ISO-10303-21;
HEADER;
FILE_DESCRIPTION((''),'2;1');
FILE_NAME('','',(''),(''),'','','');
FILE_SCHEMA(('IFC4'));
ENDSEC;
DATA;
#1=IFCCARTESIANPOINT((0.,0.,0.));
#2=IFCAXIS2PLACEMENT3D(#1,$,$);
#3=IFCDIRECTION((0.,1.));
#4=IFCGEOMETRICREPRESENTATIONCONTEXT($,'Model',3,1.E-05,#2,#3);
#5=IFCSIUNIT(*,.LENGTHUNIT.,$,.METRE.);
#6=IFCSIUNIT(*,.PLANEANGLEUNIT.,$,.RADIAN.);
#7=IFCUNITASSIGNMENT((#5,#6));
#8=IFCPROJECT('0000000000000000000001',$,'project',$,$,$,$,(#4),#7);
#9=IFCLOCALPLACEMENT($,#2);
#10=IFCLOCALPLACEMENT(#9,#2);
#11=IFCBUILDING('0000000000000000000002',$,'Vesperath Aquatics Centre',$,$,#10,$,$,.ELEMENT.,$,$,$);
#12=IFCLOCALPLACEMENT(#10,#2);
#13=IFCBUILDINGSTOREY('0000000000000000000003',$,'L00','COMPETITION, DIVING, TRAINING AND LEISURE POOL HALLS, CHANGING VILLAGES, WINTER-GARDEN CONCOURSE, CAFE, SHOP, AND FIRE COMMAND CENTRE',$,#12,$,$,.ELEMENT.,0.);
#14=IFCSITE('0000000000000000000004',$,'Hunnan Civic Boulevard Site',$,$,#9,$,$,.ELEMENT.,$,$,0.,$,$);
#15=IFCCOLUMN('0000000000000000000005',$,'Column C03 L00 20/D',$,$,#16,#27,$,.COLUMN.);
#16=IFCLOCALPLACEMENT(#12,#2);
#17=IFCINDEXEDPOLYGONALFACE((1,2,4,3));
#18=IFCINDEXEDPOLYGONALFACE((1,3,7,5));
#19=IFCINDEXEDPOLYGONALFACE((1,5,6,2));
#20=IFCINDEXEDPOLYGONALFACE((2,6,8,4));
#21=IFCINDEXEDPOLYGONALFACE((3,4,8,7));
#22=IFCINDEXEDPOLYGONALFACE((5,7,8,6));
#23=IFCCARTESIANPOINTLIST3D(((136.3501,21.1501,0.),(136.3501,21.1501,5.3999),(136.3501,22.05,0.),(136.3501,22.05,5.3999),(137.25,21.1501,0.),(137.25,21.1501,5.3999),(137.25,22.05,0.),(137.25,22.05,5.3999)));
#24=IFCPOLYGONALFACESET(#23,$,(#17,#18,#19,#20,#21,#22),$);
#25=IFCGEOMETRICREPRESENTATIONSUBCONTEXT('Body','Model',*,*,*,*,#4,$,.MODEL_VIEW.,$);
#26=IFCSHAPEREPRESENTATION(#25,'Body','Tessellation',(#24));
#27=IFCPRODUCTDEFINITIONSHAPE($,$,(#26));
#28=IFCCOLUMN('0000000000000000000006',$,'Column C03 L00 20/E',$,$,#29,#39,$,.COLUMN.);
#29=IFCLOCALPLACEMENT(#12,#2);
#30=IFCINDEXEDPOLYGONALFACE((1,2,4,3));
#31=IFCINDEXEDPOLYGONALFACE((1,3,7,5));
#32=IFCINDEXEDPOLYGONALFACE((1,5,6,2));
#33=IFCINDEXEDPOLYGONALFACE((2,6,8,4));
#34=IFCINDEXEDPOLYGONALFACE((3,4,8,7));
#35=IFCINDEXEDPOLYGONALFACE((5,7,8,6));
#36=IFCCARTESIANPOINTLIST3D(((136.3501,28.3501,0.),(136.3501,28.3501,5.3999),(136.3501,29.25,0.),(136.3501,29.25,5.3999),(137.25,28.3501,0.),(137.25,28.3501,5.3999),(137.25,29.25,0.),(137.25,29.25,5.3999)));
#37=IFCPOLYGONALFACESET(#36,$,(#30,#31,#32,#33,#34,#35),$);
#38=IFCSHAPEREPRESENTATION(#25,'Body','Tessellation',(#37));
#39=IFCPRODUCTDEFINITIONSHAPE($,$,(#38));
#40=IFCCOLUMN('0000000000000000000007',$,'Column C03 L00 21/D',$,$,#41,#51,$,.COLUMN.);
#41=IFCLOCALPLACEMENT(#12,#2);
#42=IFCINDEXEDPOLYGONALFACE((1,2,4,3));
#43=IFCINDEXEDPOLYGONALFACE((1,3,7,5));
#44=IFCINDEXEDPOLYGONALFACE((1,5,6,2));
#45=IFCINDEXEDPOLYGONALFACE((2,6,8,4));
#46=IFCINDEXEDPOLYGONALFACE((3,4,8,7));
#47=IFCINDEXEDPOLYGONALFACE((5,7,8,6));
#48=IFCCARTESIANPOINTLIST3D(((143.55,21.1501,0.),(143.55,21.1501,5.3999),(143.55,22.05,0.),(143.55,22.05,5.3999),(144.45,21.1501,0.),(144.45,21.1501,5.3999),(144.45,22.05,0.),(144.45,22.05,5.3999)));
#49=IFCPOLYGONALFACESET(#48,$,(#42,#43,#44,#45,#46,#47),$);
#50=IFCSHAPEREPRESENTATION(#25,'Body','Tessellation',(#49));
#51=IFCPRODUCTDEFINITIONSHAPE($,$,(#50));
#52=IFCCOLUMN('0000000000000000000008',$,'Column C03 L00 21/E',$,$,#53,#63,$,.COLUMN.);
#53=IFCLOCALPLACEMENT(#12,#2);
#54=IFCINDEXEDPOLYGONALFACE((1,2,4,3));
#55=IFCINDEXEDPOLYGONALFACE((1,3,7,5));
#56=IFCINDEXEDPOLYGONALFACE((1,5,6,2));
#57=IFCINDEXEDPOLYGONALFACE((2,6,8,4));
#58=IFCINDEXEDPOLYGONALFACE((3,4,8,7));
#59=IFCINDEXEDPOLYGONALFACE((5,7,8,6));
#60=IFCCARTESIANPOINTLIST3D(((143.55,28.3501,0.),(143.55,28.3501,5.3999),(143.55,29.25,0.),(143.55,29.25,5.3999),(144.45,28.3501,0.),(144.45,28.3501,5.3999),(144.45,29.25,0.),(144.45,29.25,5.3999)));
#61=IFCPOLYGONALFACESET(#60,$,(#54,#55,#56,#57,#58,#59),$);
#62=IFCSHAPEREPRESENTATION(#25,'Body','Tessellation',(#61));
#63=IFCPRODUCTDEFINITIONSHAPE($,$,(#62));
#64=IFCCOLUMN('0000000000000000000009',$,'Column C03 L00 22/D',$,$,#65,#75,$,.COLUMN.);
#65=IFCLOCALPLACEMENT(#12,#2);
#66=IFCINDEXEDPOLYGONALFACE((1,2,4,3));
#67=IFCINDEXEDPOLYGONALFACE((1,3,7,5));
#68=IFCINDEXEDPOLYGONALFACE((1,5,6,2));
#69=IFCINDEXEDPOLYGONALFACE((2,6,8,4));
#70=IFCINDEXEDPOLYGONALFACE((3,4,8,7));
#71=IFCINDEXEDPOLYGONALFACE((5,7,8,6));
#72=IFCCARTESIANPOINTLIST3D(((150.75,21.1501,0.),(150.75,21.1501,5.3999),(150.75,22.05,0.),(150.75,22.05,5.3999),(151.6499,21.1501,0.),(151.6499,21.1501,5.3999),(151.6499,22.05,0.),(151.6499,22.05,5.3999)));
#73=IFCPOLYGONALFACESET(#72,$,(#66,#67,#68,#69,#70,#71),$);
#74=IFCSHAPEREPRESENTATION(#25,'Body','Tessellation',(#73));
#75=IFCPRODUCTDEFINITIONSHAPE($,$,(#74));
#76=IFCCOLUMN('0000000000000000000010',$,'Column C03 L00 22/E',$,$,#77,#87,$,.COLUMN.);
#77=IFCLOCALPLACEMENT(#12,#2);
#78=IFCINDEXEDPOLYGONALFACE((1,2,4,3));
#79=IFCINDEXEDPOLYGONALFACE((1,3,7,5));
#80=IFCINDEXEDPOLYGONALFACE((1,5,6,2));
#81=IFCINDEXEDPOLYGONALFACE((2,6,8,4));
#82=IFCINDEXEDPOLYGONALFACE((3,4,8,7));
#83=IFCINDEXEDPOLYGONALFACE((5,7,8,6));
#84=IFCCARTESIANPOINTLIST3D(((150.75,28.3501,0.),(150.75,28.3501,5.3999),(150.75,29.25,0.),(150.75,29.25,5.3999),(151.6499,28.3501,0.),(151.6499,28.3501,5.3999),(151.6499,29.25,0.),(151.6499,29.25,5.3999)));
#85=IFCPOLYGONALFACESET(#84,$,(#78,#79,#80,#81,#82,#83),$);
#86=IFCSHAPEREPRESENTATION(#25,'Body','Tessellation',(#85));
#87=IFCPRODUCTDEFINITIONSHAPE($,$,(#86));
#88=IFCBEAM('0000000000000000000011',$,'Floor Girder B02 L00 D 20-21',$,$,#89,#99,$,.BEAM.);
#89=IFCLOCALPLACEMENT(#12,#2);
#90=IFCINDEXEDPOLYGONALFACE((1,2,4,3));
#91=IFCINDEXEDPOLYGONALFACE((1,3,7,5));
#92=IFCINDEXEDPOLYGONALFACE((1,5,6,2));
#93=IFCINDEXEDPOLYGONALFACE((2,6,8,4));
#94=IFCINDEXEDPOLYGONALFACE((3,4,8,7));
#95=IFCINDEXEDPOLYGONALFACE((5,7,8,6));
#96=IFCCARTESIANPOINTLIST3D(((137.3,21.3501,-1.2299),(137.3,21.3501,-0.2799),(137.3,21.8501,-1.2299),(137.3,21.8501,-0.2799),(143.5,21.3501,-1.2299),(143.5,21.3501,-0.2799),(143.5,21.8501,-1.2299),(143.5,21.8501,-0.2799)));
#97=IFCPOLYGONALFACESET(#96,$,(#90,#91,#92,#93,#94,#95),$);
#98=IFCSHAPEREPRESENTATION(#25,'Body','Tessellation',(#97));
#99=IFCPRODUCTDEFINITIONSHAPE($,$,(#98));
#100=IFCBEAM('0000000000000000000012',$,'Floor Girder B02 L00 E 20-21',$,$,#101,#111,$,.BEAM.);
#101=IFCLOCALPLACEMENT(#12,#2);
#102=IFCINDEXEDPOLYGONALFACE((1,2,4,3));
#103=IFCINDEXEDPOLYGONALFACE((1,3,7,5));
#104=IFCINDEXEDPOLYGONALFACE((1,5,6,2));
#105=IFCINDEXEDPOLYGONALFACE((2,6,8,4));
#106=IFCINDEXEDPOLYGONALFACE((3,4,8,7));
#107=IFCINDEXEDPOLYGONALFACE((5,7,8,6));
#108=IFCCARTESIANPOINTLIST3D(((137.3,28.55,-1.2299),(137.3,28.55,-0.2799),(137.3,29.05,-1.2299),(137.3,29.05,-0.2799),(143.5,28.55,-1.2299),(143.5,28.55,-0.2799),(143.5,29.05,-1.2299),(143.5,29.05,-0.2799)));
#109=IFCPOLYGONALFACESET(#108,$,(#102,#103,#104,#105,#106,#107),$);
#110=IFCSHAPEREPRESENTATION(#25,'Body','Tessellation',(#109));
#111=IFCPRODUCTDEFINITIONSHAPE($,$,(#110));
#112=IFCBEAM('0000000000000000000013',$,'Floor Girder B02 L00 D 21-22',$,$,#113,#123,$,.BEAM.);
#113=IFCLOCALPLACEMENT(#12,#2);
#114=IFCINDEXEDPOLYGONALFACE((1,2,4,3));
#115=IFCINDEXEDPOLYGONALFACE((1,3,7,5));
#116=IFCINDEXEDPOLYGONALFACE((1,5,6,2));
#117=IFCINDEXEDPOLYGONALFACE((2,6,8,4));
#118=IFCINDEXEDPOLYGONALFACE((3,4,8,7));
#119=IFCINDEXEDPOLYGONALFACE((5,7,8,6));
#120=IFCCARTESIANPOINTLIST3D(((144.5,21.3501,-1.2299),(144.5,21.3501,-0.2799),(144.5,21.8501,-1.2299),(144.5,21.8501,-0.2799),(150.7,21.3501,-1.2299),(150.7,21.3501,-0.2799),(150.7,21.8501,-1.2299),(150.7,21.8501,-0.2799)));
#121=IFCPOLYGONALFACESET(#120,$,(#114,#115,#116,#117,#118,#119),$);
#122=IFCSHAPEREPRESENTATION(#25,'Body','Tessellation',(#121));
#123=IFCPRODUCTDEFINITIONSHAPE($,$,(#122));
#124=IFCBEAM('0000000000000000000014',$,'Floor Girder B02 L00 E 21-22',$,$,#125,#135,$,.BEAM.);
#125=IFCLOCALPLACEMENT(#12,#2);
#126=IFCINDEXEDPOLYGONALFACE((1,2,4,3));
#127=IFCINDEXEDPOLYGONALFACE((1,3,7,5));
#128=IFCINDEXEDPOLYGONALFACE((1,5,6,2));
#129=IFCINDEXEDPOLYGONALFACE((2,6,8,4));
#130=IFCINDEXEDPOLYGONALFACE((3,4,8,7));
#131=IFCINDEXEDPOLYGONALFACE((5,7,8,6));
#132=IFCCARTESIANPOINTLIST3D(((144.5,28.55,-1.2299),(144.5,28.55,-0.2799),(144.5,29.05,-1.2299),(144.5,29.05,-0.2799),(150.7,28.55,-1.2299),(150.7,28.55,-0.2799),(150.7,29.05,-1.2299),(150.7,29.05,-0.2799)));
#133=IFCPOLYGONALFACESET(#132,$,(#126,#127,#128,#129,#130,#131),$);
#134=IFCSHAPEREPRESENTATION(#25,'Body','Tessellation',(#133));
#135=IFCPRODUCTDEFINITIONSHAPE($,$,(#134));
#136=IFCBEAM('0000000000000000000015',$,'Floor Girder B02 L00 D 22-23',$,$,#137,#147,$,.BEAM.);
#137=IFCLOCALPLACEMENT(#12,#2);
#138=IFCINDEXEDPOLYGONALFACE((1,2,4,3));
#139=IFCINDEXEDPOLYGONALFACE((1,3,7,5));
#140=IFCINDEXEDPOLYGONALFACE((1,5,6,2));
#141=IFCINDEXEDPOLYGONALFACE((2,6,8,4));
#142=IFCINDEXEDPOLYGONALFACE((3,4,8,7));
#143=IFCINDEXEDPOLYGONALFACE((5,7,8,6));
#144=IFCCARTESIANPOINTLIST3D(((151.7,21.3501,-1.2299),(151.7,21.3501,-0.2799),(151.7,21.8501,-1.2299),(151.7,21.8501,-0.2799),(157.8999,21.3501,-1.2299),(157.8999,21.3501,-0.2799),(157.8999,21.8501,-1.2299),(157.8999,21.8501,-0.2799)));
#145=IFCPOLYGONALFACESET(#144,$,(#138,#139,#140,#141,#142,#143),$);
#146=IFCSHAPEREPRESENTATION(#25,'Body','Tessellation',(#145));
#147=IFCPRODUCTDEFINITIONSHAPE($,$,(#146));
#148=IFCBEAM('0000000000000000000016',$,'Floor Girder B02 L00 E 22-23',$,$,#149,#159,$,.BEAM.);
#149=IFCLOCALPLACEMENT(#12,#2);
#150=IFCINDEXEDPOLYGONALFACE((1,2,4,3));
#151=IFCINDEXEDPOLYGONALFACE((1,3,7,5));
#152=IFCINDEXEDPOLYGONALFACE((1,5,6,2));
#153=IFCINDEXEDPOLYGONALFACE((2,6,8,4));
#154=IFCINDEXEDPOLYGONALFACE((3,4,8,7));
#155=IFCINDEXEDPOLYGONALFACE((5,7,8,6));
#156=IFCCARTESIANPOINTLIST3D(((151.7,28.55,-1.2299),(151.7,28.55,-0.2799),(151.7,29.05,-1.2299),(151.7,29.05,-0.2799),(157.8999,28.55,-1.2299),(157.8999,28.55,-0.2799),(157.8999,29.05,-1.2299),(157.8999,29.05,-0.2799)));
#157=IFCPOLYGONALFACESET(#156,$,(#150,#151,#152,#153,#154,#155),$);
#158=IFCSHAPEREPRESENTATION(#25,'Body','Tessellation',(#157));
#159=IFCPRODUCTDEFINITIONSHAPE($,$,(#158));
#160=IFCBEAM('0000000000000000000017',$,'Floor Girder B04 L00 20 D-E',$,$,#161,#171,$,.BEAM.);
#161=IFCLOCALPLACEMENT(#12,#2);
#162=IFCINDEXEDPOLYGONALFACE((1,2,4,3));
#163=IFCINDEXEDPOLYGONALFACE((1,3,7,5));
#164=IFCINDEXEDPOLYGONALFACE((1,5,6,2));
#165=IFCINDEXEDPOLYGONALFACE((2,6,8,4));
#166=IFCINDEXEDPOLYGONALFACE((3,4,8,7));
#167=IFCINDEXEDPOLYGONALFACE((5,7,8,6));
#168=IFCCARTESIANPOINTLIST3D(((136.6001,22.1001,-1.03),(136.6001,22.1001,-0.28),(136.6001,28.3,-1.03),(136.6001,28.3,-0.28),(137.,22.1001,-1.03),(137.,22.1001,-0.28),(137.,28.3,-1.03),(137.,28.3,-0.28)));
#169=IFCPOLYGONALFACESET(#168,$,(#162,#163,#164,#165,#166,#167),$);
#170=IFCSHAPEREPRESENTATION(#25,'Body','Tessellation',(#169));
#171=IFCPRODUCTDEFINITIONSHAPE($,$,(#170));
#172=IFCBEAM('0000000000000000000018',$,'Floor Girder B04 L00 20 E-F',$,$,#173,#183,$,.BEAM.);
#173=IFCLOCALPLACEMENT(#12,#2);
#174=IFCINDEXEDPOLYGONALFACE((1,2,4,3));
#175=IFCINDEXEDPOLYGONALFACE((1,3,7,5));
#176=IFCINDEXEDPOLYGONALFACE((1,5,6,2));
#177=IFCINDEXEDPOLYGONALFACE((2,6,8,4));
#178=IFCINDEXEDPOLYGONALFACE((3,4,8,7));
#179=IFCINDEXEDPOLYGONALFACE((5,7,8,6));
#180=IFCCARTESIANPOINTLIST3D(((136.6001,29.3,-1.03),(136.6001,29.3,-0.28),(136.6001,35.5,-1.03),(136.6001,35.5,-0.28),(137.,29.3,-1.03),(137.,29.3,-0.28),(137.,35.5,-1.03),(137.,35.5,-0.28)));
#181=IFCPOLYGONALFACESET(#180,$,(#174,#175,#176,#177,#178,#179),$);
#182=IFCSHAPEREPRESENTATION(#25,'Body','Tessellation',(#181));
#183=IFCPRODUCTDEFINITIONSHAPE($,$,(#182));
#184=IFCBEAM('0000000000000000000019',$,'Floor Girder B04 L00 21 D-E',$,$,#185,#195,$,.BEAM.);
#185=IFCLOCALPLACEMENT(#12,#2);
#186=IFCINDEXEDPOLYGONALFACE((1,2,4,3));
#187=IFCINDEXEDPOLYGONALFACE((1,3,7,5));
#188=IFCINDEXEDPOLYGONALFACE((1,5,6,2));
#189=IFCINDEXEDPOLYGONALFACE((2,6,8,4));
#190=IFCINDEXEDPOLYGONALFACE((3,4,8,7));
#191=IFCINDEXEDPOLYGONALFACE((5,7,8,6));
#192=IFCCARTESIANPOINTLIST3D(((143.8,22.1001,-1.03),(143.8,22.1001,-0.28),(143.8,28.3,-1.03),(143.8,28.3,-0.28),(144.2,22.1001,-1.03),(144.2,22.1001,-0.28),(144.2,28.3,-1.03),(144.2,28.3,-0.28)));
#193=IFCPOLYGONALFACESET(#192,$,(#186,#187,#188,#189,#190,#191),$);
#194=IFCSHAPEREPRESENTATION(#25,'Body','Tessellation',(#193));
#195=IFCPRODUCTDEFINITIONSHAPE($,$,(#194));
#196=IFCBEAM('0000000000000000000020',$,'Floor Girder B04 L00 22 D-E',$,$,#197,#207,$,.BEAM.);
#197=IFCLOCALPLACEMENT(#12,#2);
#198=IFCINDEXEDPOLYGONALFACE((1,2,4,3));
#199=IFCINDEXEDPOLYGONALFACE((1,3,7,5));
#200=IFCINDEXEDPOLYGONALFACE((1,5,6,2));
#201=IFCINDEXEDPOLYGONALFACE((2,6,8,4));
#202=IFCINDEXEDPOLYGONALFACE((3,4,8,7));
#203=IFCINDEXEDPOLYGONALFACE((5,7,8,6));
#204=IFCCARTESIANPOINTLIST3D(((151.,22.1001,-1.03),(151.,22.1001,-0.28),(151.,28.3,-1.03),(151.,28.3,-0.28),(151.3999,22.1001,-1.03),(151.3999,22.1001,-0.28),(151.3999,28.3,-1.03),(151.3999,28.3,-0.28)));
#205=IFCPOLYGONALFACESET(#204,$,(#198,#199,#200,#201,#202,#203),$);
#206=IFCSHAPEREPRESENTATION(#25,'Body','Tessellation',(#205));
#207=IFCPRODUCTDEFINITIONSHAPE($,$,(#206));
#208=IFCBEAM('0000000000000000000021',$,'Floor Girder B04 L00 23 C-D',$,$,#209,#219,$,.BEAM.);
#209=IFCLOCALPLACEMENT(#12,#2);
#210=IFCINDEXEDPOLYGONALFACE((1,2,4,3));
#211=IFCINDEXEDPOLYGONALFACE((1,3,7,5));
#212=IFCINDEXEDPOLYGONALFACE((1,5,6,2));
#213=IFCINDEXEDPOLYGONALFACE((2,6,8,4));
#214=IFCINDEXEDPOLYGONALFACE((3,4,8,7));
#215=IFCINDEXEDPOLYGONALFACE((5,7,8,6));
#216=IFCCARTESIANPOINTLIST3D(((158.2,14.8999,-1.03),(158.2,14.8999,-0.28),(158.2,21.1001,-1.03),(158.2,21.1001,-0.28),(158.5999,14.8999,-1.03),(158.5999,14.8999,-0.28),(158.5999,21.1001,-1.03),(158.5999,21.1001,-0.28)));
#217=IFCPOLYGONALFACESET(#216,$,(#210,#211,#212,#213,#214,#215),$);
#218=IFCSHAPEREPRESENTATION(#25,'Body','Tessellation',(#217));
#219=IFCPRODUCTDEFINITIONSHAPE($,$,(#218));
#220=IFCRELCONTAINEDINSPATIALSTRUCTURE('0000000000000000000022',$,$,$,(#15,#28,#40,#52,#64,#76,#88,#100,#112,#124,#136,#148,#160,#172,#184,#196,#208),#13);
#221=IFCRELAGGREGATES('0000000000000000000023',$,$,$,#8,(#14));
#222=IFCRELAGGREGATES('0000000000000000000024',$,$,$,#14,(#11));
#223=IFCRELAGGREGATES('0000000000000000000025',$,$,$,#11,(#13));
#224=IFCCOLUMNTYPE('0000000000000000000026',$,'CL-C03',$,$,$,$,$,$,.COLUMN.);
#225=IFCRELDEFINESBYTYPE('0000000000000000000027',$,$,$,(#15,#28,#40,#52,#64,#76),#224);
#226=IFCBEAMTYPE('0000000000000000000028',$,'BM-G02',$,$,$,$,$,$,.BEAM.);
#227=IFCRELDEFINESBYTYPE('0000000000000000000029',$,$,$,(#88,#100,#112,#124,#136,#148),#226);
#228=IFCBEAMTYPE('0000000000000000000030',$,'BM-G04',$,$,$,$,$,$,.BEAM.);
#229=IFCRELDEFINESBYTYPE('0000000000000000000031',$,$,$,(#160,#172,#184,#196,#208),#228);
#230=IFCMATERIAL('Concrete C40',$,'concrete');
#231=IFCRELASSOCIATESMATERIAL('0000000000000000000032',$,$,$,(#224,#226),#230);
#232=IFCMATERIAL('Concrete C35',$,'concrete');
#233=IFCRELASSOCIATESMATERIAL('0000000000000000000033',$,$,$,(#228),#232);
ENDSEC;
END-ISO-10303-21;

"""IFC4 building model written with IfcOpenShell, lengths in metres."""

from ifc_helpers import new_model, si_unit, direction, frame, origin, origin_2d, place, context, subcontext, project, spatial, rectangle, extrude, material, material_profile, profile_set, type_object, element, save


model = new_model("IFC4")

# Units and contexts
model_context = context("Model", 3, precision=1e-05, world=origin(), true_north=direction((0.0, 1.0)))
body_context = subcontext(model_context, "Body", "Model", "MODEL_VIEW")
ifc_project = project(units=[si_unit("LENGTHUNIT", "METRE"), si_unit("PLANEANGLEUNIT", "RADIAN")], contexts=[model_context])

# Site, building, storey
site_placement = place(None, origin())
site = spatial("IfcSite", under=ifc_project, at=site_placement, Name="Hunnan Civic Boulevard Site", CompositionType="ELEMENT", RefElevation=0.0)
building_placement = place(site_placement, origin())
building = spatial("IfcBuilding", under=site, at=building_placement, Name="Vesperath Aquatics Centre", CompositionType="ELEMENT")
storey_placement = place(building_placement, origin())
storey = spatial("IfcBuildingStorey", under=building, at=storey_placement, Name="L00", Description="COMPETITION, DIVING, TRAINING AND LEISURE POOL HALLS, CHANGING VILLAGES, WINTER-GARDEN CONCOURSE, CAFE, SHOP, AND FIRE COMMAND CENTRE", CompositionType="ELEMENT", Elevation=0.0)

# Columns
ifc_material_1 = material(Name="Concrete C40", Category="concrete")
ifc_material_profile_1 = material_profile(ifc_material_1, rectangle(XDim=0.8999, YDim=0.8999, at=origin_2d()), Name="RC 900x900")
ifc_profile_set_1 = profile_set([ifc_material_profile_1], Name="Concrete C40")
column_type = type_object("IfcColumnType", Name="CL-C03", PredefinedType="COLUMN", material=ifc_profile_set_1)
for number, where, z_axis, x_axis, name in (
    (1, (136.8, 21.6001, 0.0), (0.0, 0.0, 1.0), (1.0, 0.0, 0.0), "Column C03 L00 20/D"),
    (2, (136.8, 28.8, 0.0), (0.0, 0.0, 1.0), (1.0, 0.0, 0.0), "Column C03 L00 20/E"),
    (3, (144.0, 21.6001, 0.0), (0.0, 0.0, 1.0), (1.0, 0.0, 0.0), "Column C03 L00 21/D"),
    (4, (144.0, 28.8, 0.0), (0.0, 0.0, 1.0), (1.0, 0.0, 0.0), "Column C03 L00 21/E"),
    (5, (151.2, 21.6001, 0.0), (0.0, 0.0, 1.0), (1.0, 0.0, 0.0), "Column C03 L00 22/D"),
    (6, (151.2, 28.8, 0.0), (0.0, 0.0, 1.0), (1.0, 0.0, 0.0), "Column C03 L00 22/E"),
):
    element("IfcColumn", number, at=place(storey_placement, frame(where, z_axis=z_axis, x_axis=x_axis)), inside=storey, type_object=column_type, Name=name, PredefinedType="COLUMN", context=body_context, shape_type="SweptSolid", body=[
        extrude(rectangle(XDim=0.8999, YDim=0.8999, at=origin_2d()), origin(), (0.0, 0.0, 1.0), 5.3999),
    ])

# Beams
ifc_material_profile_2 = material_profile(ifc_material_1, rectangle(XDim=0.5, YDim=0.95, at=origin_2d()), Name="RC 500x950")
ifc_profile_set_2 = profile_set([ifc_material_profile_2], Name="Concrete C40")
beam_type_1 = type_object("IfcBeamType", Name="BM-G02", PredefinedType="BEAM", material=ifc_profile_set_2)
for number, where, z_axis, x_axis, name in (
    (7, (137.3, 21.6001, -0.7549), (1.0, 0.0, 0.0), (0.0, 1.0, 0.0), "Floor Girder B02 L00 D 20-21"),
    (8, (137.3, 28.8, -0.7549), (1.0, 0.0, 0.0), (0.0, 1.0, 0.0), "Floor Girder B02 L00 E 20-21"),
    (9, (144.5, 21.6001, -0.7549), (1.0, 0.0, 0.0), (0.0, 1.0, 0.0), "Floor Girder B02 L00 D 21-22"),
    (10, (144.5, 28.8, -0.7549), (1.0, 0.0, 0.0), (0.0, 1.0, 0.0), "Floor Girder B02 L00 E 21-22"),
    (11, (151.7, 21.6001, -0.7549), (1.0, 0.0, 0.0), (0.0, 1.0, 0.0), "Floor Girder B02 L00 D 22-23"),
    (12, (151.7, 28.8, -0.7549), (1.0, 0.0, 0.0), (0.0, 1.0, 0.0), "Floor Girder B02 L00 E 22-23"),
):
    element("IfcBeam", number, at=place(storey_placement, frame(where, z_axis=z_axis, x_axis=x_axis)), inside=storey, type_object=beam_type_1, Name=name, PredefinedType="BEAM", context=body_context, shape_type="SweptSolid", body=[
        extrude(rectangle(XDim=0.5, YDim=0.95, at=origin_2d()), origin(), (0.0, 0.0, 1.0), 6.2),
    ])
ifc_material_2 = material(Name="Concrete C35", Category="concrete")
ifc_material_profile_3 = material_profile(ifc_material_2, rectangle(XDim=0.3999, YDim=0.75, at=origin_2d()), Name="RC 400x750")
ifc_profile_set_3 = profile_set([ifc_material_profile_3], Name="Concrete C35")
beam_type_2 = type_object("IfcBeamType", Name="BM-G04", PredefinedType="BEAM", material=ifc_profile_set_3)
for number, where, z_axis, x_axis, name in (
    (13, (136.8, 22.1001, -0.655), (0.0, 1.0, 0.0), (-1.0, 0.0, 0.0), "Floor Girder B04 L00 20 D-E"),
    (14, (136.8, 29.3, -0.655), (0.0, 1.0, 0.0), (-1.0, 0.0, 0.0), "Floor Girder B04 L00 20 E-F"),
    (15, (144.0, 22.1001, -0.655), (0.0, 1.0, 0.0), (-1.0, 0.0, 0.0), "Floor Girder B04 L00 21 D-E"),
    (16, (151.2, 22.1001, -0.655), (0.0, 1.0, 0.0), (-1.0, 0.0, 0.0), "Floor Girder B04 L00 22 D-E"),
):
    element("IfcBeam", number, at=place(storey_placement, frame(where, z_axis=z_axis, x_axis=x_axis)), inside=storey, type_object=beam_type_2, Name=name, PredefinedType="BEAM", context=body_context, shape_type="SweptSolid", body=[
        extrude(rectangle(XDim=0.3999, YDim=0.75, at=origin_2d()), origin(), (0.0, 0.0, 1.0), 6.2),
    ])
beam_placement = place(storey_placement, frame((158.3999, 14.8999, -0.655), z_axis=(0.0, 1.0, 0.0), x_axis=(-1.0, 0.0, 0.0)))
element("IfcBeam", 17, at=beam_placement, inside=storey, type_object=beam_type_2, Name="Floor Girder B04 L00 23 C-D", PredefinedType="BEAM", context=body_context, shape_type="SweptSolid", body=[
    extrude(rectangle(XDim=0.3999, YDim=0.75, at=origin_2d()), origin(), (0.0, 0.0, 1.0), 6.2002),
])

save(model, "model.ifc")
